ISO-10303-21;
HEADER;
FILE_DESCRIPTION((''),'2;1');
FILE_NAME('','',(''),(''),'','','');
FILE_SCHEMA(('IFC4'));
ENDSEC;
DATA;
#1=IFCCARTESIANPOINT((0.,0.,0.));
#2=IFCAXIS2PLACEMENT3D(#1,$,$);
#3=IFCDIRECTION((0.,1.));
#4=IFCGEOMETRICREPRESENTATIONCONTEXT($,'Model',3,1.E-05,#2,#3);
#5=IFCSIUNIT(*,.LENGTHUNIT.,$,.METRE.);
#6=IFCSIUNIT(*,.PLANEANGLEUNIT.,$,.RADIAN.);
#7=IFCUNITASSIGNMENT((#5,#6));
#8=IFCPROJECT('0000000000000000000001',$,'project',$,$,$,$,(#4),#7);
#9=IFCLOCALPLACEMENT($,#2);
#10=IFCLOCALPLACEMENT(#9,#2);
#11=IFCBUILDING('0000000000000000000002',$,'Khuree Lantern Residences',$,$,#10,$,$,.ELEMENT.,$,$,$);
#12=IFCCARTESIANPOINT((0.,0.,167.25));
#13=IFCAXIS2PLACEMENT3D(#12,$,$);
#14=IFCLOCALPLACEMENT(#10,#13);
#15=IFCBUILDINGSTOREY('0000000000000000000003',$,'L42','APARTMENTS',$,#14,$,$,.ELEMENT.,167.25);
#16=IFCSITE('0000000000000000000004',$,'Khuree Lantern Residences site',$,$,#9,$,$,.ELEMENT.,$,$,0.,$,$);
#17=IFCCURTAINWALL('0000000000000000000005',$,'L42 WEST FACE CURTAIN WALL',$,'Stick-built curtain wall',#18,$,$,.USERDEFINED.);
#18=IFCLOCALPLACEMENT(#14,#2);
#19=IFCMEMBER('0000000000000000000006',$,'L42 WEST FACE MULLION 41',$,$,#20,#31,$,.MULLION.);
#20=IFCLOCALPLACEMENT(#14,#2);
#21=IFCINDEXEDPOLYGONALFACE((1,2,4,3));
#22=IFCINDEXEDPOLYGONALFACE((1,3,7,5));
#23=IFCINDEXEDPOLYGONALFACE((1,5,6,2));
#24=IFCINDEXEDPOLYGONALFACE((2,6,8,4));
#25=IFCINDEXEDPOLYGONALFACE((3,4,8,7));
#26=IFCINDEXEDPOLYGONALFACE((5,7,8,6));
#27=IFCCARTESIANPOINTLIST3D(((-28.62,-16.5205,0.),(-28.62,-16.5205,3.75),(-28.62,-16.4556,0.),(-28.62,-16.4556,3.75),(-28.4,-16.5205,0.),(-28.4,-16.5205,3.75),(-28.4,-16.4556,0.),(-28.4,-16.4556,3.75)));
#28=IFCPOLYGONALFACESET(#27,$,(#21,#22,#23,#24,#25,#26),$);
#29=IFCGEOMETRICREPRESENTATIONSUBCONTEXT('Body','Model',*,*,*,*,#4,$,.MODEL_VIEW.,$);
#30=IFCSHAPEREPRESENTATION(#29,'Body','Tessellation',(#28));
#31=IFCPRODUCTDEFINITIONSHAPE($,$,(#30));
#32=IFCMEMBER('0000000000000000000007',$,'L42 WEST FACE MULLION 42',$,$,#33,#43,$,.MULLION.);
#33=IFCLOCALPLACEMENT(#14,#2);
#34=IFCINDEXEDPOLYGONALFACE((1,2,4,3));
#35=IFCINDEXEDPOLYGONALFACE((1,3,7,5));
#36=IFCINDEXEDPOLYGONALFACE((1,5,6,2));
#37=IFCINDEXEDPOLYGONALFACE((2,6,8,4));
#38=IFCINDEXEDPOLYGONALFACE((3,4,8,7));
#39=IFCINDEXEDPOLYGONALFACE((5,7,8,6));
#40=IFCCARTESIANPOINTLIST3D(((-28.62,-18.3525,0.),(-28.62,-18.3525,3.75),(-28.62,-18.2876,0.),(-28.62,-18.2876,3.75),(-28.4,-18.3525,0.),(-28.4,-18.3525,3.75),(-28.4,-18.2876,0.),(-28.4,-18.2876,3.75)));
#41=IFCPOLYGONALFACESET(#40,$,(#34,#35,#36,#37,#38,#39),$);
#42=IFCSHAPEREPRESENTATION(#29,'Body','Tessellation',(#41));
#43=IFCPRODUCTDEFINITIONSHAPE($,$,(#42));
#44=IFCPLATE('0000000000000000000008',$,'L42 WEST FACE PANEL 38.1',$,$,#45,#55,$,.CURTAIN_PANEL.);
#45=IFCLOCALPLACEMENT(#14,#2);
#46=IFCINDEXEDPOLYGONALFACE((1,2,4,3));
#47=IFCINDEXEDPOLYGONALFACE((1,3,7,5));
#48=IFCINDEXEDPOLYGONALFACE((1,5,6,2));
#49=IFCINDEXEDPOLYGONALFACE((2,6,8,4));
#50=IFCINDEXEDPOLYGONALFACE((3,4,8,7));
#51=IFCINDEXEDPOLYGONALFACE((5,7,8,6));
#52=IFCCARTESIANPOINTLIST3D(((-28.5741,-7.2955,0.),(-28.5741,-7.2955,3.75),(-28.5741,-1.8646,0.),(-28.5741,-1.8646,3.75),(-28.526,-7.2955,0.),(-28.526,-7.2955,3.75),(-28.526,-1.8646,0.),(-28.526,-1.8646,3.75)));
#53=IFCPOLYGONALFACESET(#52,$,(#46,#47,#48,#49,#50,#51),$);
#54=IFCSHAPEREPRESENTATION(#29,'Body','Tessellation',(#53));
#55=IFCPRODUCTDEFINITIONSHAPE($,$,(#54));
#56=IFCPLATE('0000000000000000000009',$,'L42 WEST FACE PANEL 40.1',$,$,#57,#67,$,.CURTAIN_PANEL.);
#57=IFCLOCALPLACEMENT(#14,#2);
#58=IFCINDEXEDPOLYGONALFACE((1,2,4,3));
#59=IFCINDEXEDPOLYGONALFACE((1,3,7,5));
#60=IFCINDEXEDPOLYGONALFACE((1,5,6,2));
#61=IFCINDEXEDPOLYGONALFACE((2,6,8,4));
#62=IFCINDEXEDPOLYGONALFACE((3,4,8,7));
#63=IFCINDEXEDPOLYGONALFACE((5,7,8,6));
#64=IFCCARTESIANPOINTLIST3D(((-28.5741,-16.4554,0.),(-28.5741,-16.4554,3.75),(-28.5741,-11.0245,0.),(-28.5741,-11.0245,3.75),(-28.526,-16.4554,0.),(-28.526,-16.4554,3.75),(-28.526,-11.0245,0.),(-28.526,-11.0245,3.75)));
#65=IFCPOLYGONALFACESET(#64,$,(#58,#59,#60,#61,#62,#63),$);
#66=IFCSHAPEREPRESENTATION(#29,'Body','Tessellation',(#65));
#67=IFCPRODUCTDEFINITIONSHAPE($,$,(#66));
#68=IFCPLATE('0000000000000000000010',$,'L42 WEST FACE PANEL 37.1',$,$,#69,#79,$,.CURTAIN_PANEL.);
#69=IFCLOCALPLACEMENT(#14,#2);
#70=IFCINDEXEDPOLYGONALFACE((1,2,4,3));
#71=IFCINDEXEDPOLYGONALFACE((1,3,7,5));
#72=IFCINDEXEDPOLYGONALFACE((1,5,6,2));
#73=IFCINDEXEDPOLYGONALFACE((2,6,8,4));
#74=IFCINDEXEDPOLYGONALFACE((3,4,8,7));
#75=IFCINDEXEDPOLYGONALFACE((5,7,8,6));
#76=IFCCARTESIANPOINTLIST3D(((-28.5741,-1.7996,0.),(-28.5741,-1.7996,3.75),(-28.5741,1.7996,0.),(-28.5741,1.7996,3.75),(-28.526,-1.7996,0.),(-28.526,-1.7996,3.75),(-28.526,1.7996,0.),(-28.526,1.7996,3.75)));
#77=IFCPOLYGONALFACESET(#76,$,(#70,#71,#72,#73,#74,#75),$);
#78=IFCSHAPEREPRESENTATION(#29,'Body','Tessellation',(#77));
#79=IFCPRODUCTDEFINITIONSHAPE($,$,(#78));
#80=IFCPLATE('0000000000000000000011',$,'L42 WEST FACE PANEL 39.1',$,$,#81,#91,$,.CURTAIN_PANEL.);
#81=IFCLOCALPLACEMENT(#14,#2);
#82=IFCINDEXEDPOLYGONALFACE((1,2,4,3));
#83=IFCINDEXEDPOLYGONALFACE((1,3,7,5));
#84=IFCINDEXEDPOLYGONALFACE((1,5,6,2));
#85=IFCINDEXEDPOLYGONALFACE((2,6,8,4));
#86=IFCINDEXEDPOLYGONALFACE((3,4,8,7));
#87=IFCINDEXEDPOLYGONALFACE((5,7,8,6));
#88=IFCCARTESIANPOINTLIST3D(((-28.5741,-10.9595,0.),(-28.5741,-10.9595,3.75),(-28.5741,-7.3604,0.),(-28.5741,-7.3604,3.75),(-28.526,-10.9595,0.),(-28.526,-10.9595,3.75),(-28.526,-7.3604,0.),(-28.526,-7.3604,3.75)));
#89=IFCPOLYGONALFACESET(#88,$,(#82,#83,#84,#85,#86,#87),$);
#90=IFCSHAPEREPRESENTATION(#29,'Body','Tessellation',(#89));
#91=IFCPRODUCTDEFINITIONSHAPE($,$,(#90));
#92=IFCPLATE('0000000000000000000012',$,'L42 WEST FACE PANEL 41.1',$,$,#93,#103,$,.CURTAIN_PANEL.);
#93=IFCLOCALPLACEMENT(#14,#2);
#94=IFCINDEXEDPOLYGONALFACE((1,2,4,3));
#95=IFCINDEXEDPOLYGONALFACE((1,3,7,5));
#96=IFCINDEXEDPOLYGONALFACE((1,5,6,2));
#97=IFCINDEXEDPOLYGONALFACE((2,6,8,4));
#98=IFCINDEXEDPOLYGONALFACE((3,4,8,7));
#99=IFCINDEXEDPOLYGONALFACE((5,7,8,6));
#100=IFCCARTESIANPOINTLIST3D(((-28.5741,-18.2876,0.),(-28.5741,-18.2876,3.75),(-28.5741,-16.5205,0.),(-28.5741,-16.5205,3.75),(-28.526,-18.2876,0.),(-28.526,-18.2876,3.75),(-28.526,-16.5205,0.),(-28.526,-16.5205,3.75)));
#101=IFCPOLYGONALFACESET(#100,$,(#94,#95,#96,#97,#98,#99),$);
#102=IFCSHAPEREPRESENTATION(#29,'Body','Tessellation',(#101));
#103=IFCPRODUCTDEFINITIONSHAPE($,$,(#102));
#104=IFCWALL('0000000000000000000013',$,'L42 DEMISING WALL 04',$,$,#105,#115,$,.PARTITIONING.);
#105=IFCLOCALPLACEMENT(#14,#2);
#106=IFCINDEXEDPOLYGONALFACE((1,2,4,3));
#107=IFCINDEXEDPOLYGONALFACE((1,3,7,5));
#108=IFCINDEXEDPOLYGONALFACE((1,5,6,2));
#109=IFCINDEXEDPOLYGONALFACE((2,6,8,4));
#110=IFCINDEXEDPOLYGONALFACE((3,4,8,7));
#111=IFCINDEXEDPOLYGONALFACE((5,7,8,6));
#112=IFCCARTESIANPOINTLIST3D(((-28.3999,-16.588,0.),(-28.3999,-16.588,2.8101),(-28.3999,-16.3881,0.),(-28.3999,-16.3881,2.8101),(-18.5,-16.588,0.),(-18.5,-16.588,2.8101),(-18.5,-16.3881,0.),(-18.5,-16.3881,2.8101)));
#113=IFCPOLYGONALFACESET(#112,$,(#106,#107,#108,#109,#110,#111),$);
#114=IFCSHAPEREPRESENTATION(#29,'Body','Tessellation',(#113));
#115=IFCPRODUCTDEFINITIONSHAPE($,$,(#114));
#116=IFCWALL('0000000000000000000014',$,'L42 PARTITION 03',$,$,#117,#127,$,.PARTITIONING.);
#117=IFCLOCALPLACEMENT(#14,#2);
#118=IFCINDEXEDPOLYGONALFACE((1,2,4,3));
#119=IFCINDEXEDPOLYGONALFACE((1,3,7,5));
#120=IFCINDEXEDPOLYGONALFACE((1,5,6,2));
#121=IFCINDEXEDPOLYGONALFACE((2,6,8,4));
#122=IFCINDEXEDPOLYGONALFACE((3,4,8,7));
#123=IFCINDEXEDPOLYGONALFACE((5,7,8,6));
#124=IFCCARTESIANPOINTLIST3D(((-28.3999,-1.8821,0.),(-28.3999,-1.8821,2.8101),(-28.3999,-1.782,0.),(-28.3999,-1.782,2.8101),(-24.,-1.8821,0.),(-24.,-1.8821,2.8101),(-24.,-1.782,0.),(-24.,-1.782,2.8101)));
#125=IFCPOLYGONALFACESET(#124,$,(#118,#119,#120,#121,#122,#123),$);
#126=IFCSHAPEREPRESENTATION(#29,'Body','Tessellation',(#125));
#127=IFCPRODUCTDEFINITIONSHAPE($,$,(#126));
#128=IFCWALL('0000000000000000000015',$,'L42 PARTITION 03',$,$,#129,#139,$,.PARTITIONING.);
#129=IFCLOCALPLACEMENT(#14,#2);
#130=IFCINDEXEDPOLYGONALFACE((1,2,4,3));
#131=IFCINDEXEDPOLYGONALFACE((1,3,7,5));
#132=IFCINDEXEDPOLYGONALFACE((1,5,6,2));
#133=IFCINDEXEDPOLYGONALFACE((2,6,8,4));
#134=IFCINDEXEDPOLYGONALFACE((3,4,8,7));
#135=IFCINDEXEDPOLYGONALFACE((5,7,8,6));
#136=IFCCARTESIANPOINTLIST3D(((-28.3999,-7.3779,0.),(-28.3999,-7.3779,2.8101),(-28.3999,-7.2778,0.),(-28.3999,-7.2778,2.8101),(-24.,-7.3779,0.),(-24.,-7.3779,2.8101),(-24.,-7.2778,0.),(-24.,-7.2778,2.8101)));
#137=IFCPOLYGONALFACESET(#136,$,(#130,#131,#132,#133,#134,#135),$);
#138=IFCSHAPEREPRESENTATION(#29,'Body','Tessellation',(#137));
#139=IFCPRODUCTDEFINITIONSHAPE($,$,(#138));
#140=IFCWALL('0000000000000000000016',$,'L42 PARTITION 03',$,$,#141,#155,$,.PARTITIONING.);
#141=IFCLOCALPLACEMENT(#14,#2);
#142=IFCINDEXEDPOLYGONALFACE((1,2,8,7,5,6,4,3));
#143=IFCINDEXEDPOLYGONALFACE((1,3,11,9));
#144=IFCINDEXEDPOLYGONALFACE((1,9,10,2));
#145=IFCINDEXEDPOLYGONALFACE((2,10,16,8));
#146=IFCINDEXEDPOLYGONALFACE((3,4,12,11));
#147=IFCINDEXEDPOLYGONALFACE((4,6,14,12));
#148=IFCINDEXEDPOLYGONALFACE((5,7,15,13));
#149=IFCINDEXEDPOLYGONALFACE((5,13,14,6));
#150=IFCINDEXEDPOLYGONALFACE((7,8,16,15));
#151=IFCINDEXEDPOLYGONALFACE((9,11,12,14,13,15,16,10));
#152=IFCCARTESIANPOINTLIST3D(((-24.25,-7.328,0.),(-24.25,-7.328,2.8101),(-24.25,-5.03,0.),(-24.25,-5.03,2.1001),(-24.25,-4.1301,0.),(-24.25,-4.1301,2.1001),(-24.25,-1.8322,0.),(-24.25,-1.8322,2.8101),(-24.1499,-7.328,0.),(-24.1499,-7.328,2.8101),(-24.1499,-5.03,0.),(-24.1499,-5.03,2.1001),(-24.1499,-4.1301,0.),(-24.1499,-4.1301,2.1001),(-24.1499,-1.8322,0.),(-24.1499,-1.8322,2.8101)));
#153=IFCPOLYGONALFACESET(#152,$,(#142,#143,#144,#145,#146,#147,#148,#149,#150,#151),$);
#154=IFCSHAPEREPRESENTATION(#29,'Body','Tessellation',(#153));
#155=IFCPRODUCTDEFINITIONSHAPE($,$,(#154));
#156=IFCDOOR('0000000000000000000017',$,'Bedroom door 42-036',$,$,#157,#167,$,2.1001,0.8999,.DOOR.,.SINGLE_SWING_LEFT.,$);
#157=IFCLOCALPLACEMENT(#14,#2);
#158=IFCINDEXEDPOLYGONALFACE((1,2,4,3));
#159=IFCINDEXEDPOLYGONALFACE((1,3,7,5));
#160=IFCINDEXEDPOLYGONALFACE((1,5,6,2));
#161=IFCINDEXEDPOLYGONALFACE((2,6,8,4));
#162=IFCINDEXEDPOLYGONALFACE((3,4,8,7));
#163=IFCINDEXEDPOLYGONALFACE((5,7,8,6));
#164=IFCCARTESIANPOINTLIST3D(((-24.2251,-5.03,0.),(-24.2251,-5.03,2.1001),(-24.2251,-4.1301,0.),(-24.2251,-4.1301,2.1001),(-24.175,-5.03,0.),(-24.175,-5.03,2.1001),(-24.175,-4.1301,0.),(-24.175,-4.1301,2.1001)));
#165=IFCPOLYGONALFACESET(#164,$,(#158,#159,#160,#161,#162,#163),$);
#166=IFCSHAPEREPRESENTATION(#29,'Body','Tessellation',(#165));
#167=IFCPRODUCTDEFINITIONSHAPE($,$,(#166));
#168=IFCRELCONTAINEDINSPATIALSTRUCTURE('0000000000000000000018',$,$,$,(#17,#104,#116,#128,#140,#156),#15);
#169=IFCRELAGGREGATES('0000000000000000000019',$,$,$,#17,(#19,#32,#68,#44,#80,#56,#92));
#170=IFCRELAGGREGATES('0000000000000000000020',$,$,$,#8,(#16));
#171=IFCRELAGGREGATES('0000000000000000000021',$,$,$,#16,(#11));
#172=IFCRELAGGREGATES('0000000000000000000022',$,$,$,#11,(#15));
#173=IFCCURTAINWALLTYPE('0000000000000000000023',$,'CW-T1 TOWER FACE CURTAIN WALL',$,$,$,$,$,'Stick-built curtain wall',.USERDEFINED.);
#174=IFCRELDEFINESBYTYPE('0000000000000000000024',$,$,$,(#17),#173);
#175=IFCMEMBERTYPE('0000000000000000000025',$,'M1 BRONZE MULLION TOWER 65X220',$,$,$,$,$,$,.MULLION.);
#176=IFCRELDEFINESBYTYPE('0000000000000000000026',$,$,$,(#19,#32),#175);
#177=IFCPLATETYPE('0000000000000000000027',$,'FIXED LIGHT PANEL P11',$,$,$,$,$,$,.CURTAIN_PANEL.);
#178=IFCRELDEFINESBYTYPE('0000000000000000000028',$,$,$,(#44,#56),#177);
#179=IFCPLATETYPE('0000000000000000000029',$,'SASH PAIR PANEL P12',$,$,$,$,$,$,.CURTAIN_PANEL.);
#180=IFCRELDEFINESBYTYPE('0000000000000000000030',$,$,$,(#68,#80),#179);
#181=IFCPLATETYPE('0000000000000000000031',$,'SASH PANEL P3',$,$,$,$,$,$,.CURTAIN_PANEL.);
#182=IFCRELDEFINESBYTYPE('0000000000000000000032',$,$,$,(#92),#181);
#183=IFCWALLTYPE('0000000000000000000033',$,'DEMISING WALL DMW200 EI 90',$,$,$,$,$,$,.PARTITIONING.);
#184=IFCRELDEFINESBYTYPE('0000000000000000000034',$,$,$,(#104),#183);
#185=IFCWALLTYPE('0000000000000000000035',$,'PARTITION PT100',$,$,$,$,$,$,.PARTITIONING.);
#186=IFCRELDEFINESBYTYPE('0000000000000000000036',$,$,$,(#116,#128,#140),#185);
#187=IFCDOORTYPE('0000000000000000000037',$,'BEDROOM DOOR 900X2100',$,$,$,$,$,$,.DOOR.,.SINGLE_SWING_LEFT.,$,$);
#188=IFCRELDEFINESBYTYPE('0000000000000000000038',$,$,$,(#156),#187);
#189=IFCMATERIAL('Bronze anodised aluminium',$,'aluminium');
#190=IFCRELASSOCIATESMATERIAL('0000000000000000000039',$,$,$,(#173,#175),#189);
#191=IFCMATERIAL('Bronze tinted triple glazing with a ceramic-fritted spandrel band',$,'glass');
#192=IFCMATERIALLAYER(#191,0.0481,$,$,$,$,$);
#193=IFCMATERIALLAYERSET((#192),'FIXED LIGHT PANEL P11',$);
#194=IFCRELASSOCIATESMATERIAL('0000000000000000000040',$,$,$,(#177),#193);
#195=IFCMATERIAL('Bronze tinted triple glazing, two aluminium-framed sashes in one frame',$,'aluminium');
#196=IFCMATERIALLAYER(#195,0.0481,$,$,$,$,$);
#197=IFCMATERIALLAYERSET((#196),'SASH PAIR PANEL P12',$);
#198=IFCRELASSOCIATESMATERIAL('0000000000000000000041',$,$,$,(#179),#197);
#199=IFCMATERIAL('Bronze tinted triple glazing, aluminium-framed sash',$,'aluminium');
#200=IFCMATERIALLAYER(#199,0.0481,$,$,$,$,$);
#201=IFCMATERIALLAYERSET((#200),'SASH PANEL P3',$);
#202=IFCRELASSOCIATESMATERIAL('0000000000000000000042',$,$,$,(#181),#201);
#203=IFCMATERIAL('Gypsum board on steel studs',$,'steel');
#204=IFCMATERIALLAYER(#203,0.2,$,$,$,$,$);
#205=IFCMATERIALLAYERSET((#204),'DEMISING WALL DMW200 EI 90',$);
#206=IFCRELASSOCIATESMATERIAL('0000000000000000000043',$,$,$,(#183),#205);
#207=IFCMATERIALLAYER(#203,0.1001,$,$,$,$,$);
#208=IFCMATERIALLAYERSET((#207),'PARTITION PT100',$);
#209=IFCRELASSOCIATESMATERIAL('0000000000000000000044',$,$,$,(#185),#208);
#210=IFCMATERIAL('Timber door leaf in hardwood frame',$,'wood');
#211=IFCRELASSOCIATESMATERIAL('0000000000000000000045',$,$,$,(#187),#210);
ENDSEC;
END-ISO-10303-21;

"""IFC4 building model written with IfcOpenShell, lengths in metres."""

from ifc_helpers import new_model, si_unit, direction, frame, frame_2d, origin, origin_2d, place, context, subcontext, project, spatial, rectangle, extrude, material, layer, layer_set, material_profile, profile_set, type_object, element, fill, aggregate, save


model = new_model("IFC4")

# Units and contexts
model_context = context("Model", 3, precision=1e-05, world=origin(), true_north=direction((0.0, 1.0)))
body_context = subcontext(model_context, "Body", "Model", "MODEL_VIEW")
ifc_project = project(units=[si_unit("LENGTHUNIT", "METRE"), si_unit("PLANEANGLEUNIT", "RADIAN")], contexts=[model_context])

# Site, building, storey
site_placement = place(None, origin())
site = spatial("IfcSite", under=ifc_project, at=site_placement, Name="Khuree Lantern Residences site", CompositionType="ELEMENT", RefElevation=0.0)
building_placement = place(site_placement, origin())
building = spatial("IfcBuilding", under=site, at=building_placement, Name="Khuree Lantern Residences", CompositionType="ELEMENT")
storey_placement = place(building_placement, frame((0.0, 0.0, 167.25)))
storey = spatial("IfcBuildingStorey", under=building, at=storey_placement, Name="L42", Description="APARTMENTS", CompositionType="ELEMENT", Elevation=167.25)

# Curtain wall
ifc_material_1 = material(Name="Bronze anodised aluminium", Category="aluminium")
curtain_wall_type = type_object("IfcCurtainWallType", Name="CW-T1 TOWER FACE CURTAIN WALL", ElementType="Stick-built curtain wall", PredefinedType="USERDEFINED", material=ifc_material_1)
curtain_wall_placement = place(storey_placement, origin())
curtain_wall = element("IfcCurtainWall", 1, at=curtain_wall_placement, inside=storey, type_object=curtain_wall_type, Name="L42 WEST FACE CURTAIN WALL", ObjectType="Stick-built curtain wall", PredefinedType="USERDEFINED")

# Members
ifc_material_profile_1 = material_profile(ifc_material_1, rectangle(XDim=0.0649, YDim=0.22, at=origin_2d()), Name="M1 65X220")
ifc_profile_set_1 = profile_set([ifc_material_profile_1], Name="Bronze anodised aluminium")
member_type_1 = type_object("IfcMemberType", Name="M1 BRONZE MULLION TOWER 65X220", PredefinedType="MULLION", material=ifc_profile_set_1)
member_1_placement = place(storey_placement, frame((-28.51, -16.488, 0.0), z_axis=(0.0, 0.0, 1.0), x_axis=(0.0, -1.0, 0.0)))
member_1 = element("IfcMember", 2, at=member_1_placement, type_object=member_type_1, Name="L42 WEST FACE MULLION 41", PredefinedType="MULLION", context=body_context, shape_type="SweptSolid", body=[
    extrude(rectangle(XDim=0.0649, YDim=0.22, at=origin_2d()), origin(), (0.0, 0.0, 1.0), 3.75),
])
member_2_placement = place(storey_placement, frame((-28.51, -18.3201, 0.0), z_axis=(0.0, 0.0, 1.0), x_axis=(0.0, -1.0, 0.0)))
member_2 = element("IfcMember", 3, at=member_2_placement, type_object=member_type_1, Name="L42 WEST FACE MULLION 42", PredefinedType="MULLION", context=body_context, shape_type="SweptSolid", body=[
    extrude(rectangle(XDim=0.0649, YDim=0.22, at=origin_2d()), origin(), (0.0, 0.0, 1.0), 3.75),
])

# Plates
ifc_material_2 = material(Name="Bronze tinted triple glazing with a ceramic-fritted spandrel band", Category="glass")
ifc_layer_1 = layer(ifc_material_2, 0.0481)
ifc_layer_set_1 = layer_set([ifc_layer_1], Name="FIXED LIGHT PANEL P11")
plate_type_1 = type_object("IfcPlateType", Name="FIXED LIGHT PANEL P11", PredefinedType="CURTAIN_PANEL", material=ifc_layer_set_1)
plate_1_placement = place(storey_placement, frame((-28.55, -4.5801, 0.0), z_axis=(0.0, 0.0, 1.0), x_axis=(0.0, -1.0, 0.0)))
plate_1 = element("IfcPlate", 4, at=plate_1_placement, type_object=plate_type_1, Name="L42 WEST FACE PANEL 38.1", PredefinedType="CURTAIN_PANEL", context=body_context, shape_type="SweptSolid", body=[
    extrude(rectangle(XDim=5.4309, YDim=0.0481, at=origin_2d()), origin(), (0.0, 0.0, 1.0), 3.75),
])
plate_2_placement = place(storey_placement, frame((-28.55, -13.74, 0.0), z_axis=(0.0, 0.0, 1.0), x_axis=(0.0, -1.0, 0.0)))
plate_2 = element("IfcPlate", 5, at=plate_2_placement, type_object=plate_type_1, Name="L42 WEST FACE PANEL 40.1", PredefinedType="CURTAIN_PANEL", context=body_context, shape_type="SweptSolid", body=[
    extrude(rectangle(XDim=5.4309, YDim=0.0481, at=origin_2d()), origin(), (0.0, 0.0, 1.0), 3.75),
])
ifc_material_3 = material(Name="Bronze tinted triple glazing, two aluminium-framed sashes in one frame", Category="aluminium")
ifc_layer_2 = layer(ifc_material_3, 0.0481)
ifc_layer_set_2 = layer_set([ifc_layer_2], Name="SASH PAIR PANEL P12")
plate_type_2 = type_object("IfcPlateType", Name="SASH PAIR PANEL P12", PredefinedType="CURTAIN_PANEL", material=ifc_layer_set_2)
plate_3_placement = place(storey_placement, frame((-28.55, 0.0, 0.0), z_axis=(0.0, 0.0, 1.0), x_axis=(0.0, -1.0, 0.0)))
plate_3 = element("IfcPlate", 6, at=plate_3_placement, type_object=plate_type_2, Name="L42 WEST FACE PANEL 37.1", PredefinedType="CURTAIN_PANEL", context=body_context, shape_type="SweptSolid", body=[
    extrude(rectangle(XDim=3.5991, YDim=0.0481, at=origin_2d()), origin(), (0.0, 0.0, 1.0), 3.75),
])
plate_4_placement = place(storey_placement, frame((-28.55, -9.1599, 0.0), z_axis=(0.0, 0.0, 1.0), x_axis=(0.0, -1.0, 0.0)))
plate_4 = element("IfcPlate", 7, at=plate_4_placement, type_object=plate_type_2, Name="L42 WEST FACE PANEL 39.1", PredefinedType="CURTAIN_PANEL", context=body_context, shape_type="SweptSolid", body=[
    extrude(rectangle(XDim=3.5991, YDim=0.0481, at=origin_2d()), origin(), (0.0, 0.0, 1.0), 3.75),
])
ifc_material_4 = material(Name="Bronze tinted triple glazing, aluminium-framed sash", Category="aluminium")
ifc_layer_3 = layer(ifc_material_4, 0.0481)
ifc_layer_set_3 = layer_set([ifc_layer_3], Name="SASH PANEL P3")
plate_type_3 = type_object("IfcPlateType", Name="SASH PANEL P3", PredefinedType="CURTAIN_PANEL", material=ifc_layer_set_3)
plate_5_placement = place(storey_placement, frame((-28.55, -17.4041, 0.0), z_axis=(0.0, 0.0, 1.0), x_axis=(0.0, -1.0, 0.0)))
plate_5 = element("IfcPlate", 8, at=plate_5_placement, type_object=plate_type_3, Name="L42 WEST FACE PANEL 41.1", PredefinedType="CURTAIN_PANEL", context=body_context, shape_type="SweptSolid", body=[
    extrude(rectangle(XDim=1.7671, YDim=0.0481, at=origin_2d()), origin(), (0.0, 0.0, 1.0), 3.75),
])
aggregate(curtain_wall, [member_1, member_2, plate_3, plate_1, plate_4, plate_2, plate_5])

# Walls
ifc_material_5 = material(Name="Gypsum board on steel studs", Category="steel")
ifc_layer_4 = layer(ifc_material_5, 0.2)
ifc_layer_set_4 = layer_set([ifc_layer_4], Name="DEMISING WALL DMW200 EI 90")
wall_type_1 = type_object("IfcWallType", Name="DEMISING WALL DMW200 EI 90", PredefinedType="PARTITIONING", material=ifc_layer_set_4)
wall_1_placement = place(storey_placement, frame((-18.5, -16.488, 0.0), z_axis=(0.0, 0.0, 1.0), x_axis=(-1.0, 0.0, 0.0)))
element("IfcWall", 9, at=wall_1_placement, inside=storey, type_object=wall_type_1, Name="L42 DEMISING WALL 04", PredefinedType="PARTITIONING", context=body_context, shape_type="SweptSolid", body=[
    extrude(rectangle(XDim=9.8999, YDim=0.2, at=frame_2d((4.95, 0.0))), origin(), (0.0, 0.0, 1.0), 2.8101),
])
ifc_layer_5 = layer(ifc_material_5, 0.1001)
ifc_layer_set_5 = layer_set([ifc_layer_5], Name="PARTITION PT100")
wall_type_2 = type_object("IfcWallType", Name="PARTITION PT100", PredefinedType="PARTITIONING", material=ifc_layer_set_5)
for number, where, z_axis, x_axis, name in (
    (10, (-24.0, -1.832, 0.0), (0.0, 0.0, 1.0), (-1.0, 0.0, 0.0), "L42 PARTITION 03"),
    (11, (-24.0, -7.3279, 0.0), (0.0, 0.0, 1.0), (-1.0, 0.0, 0.0), "L42 PARTITION 03"),
):
    element("IfcWall", number, at=place(storey_placement, frame(where, z_axis=z_axis, x_axis=x_axis)), inside=storey, type_object=wall_type_2, Name=name, PredefinedType="PARTITIONING", context=body_context, shape_type="SweptSolid", body=[
        extrude(rectangle(XDim=4.3999, YDim=0.1001, at=frame_2d((2.2, 0.0))), origin(), (0.0, 0.0, 1.0), 2.8101),
    ])

# Wall, opening, door
wall_2_placement = place(storey_placement, frame((-24.2, -1.832, 0.0), z_axis=(0.0, 0.0, 1.0), x_axis=(0.0, -1.0, 0.0)))
wall_2 = element("IfcWall", 12, at=wall_2_placement, inside=storey, type_object=wall_type_2, Name="L42 PARTITION 03", PredefinedType="PARTITIONING", context=body_context, shape_type="SweptSolid", body=[
    extrude(rectangle(XDim=5.4958, YDim=0.1001, at=frame_2d((2.748, 0.0))), origin(), (0.0, 0.0, 1.0), 2.8101),
])
opening_placement = place(wall_2_placement, frame((2.2981, 0.0, 0.0)))
opening = element("IfcOpeningElement", 13, at=opening_placement, cuts=wall_2, PredefinedType="OPENING", context=body_context, shape_type="SweptSolid", body=[
    extrude(rectangle(XDim=0.8999, YDim=2.1001, at=frame_2d((0.45, 1.05))), frame((0.0, 0.0601, 0.0), z_axis=(0.0, -1.0, 0.0), x_axis=(1.0, 0.0, 0.0)), (0.0, 0.0, 1.0), 0.1201),
])
ifc_material_6 = material(Name="Timber door leaf in hardwood frame", Category="wood")
door_type = type_object("IfcDoorType", Name="BEDROOM DOOR 900X2100", OperationType="SINGLE_SWING_LEFT", PredefinedType="DOOR", material=ifc_material_6)
door_placement = place(opening_placement, origin())
door = element("IfcDoor", 14, at=door_placement, inside=storey, type_object=door_type, Name="Bedroom door 42-036", OperationType="SINGLE_SWING_LEFT", OverallHeight=2.1001, OverallWidth=0.8999, PredefinedType="DOOR", context=body_context, shape_type="SweptSolid", body=[
    extrude(rectangle(XDim=0.8999, YDim=2.1001, at=frame_2d((0.45, 1.05))), frame((0.0, 0.0249, 0.0), z_axis=(0.0, -1.0, 0.0), x_axis=(1.0, 0.0, 0.0)), (0.0, 0.0, 1.0), 0.05),
])
fill(opening, door)

save(model, "model.ifc")
